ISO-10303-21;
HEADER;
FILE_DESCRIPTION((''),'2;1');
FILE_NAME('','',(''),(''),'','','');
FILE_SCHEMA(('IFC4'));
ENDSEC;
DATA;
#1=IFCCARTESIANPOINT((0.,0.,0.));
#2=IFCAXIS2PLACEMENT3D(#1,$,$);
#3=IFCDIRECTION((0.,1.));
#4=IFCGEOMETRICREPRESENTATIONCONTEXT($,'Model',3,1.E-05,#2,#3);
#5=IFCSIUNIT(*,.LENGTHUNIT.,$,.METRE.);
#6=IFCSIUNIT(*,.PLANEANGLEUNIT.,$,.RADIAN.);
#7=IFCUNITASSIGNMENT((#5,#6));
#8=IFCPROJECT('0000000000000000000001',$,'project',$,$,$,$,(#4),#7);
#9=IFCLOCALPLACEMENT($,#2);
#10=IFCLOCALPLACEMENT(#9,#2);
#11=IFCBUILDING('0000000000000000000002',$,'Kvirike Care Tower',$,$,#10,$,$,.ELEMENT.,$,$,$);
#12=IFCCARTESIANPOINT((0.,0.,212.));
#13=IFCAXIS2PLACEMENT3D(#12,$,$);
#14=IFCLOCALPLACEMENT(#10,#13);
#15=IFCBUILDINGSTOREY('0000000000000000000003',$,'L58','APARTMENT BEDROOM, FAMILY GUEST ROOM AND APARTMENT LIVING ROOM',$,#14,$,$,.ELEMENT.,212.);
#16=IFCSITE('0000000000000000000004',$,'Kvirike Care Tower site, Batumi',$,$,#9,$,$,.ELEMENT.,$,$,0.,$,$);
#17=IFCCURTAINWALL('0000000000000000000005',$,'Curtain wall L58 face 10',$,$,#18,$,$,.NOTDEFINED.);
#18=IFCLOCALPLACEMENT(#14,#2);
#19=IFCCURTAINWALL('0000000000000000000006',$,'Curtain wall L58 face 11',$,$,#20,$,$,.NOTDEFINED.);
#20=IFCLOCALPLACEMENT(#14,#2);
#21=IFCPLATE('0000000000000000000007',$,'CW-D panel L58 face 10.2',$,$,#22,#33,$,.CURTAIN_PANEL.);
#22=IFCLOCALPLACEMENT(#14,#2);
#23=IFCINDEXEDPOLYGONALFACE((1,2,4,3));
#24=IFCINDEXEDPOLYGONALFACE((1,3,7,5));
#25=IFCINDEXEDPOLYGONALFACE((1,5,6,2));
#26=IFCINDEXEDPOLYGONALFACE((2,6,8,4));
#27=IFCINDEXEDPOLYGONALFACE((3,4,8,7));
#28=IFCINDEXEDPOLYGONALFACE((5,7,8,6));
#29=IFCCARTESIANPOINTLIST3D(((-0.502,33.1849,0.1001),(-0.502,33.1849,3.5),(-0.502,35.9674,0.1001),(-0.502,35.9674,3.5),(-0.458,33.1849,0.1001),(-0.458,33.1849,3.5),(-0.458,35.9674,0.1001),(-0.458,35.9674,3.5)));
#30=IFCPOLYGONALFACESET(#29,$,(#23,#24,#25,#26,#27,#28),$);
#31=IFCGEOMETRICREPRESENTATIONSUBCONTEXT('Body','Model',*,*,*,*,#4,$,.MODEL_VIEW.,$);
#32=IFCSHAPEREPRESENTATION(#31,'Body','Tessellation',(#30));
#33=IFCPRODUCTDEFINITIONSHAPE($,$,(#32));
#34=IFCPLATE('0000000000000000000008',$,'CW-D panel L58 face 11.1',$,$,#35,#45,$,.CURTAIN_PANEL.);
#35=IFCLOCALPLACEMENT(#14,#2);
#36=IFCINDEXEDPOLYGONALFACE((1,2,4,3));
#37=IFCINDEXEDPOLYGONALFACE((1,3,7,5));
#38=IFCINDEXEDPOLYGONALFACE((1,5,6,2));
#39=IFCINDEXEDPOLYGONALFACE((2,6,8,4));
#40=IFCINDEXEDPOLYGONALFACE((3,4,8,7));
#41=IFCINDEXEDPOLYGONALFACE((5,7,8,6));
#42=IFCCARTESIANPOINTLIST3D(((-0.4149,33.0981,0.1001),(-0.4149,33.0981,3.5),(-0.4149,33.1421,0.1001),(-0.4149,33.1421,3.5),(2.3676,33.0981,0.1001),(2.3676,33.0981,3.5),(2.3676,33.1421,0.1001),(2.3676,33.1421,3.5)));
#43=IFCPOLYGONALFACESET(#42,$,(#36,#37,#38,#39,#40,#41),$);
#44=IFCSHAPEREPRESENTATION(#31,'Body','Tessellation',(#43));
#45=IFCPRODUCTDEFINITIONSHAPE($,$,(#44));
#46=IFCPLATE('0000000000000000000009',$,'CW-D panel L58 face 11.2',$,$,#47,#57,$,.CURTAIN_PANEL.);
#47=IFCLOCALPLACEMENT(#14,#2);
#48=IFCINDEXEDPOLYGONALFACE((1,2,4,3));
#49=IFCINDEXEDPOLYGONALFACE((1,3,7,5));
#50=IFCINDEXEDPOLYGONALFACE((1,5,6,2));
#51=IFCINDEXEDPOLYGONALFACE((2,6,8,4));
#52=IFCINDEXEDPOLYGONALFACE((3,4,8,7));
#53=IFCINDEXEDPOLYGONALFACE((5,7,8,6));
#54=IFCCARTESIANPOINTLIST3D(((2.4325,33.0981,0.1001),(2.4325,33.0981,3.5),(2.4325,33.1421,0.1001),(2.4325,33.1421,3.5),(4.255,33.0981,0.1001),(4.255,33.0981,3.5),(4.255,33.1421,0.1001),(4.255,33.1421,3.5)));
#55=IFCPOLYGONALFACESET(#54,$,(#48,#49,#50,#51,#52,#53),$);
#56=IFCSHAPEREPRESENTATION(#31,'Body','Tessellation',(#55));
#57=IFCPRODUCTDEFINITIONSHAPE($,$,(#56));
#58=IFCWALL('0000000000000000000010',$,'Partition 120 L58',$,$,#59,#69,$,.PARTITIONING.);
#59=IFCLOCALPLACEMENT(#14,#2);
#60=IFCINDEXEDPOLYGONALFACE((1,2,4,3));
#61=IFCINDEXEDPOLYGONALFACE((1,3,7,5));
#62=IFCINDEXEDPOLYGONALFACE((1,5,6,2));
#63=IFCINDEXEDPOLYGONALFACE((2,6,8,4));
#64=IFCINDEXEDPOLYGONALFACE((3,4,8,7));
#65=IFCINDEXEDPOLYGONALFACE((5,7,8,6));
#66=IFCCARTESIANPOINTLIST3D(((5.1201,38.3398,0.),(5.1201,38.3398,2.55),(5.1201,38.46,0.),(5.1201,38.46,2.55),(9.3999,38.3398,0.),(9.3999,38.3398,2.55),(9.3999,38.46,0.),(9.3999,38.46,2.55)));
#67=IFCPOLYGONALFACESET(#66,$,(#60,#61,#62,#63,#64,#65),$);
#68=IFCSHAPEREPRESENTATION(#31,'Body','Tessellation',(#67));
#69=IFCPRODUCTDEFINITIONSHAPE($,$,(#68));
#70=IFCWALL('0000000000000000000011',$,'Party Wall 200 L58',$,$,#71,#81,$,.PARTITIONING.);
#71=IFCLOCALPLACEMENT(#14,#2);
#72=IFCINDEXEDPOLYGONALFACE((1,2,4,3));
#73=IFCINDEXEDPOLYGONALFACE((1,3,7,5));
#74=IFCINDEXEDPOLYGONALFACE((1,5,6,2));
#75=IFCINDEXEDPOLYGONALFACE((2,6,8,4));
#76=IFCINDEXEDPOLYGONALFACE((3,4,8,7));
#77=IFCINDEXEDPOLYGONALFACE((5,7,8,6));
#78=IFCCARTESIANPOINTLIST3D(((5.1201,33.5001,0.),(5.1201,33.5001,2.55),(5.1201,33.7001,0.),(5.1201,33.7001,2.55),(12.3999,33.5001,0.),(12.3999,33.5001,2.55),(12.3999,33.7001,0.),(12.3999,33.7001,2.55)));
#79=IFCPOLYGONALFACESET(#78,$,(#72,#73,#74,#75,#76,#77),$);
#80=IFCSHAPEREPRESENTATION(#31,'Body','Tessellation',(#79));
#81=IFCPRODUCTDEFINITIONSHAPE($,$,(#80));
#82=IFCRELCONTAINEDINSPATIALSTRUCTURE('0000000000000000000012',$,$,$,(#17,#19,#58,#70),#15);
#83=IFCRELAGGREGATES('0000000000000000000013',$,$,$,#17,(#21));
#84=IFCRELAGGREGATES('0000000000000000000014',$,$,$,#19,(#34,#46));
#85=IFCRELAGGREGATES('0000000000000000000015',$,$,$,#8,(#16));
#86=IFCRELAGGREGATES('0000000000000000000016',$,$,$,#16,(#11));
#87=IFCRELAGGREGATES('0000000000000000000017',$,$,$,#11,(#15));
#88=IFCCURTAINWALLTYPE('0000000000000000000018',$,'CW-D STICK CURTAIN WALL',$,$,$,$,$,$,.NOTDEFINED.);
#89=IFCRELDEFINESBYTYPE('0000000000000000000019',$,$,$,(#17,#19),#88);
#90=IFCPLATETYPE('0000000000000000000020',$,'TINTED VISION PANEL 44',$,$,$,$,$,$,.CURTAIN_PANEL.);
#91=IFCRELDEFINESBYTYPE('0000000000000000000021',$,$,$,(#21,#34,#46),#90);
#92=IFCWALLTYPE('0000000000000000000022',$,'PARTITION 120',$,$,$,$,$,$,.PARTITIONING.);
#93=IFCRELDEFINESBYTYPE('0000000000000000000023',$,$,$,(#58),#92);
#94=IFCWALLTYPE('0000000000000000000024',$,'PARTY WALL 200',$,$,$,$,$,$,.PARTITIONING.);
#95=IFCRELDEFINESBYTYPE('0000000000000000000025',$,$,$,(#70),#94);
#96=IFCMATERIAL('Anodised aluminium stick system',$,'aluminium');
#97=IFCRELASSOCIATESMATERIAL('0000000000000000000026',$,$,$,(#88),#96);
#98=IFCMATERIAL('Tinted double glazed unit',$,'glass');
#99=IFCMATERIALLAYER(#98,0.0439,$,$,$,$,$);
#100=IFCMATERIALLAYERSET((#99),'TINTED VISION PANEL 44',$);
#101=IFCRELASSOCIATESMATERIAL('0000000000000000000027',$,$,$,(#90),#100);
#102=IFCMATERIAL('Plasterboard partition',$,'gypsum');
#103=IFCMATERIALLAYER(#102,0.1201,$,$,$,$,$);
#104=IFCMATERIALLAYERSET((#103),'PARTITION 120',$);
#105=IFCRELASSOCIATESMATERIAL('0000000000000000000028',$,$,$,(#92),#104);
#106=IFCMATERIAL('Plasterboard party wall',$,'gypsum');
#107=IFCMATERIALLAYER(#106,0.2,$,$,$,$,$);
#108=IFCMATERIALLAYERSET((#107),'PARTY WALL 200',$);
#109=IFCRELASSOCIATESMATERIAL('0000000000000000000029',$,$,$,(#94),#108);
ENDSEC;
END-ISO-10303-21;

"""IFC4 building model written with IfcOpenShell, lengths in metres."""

from ifc_helpers import new_model, si_unit, direction, frame, frame_2d, origin, origin_2d, place, context, subcontext, project, spatial, rectangle, extrude, material, layer, layer_set, type_object, element, aggregate, save


model = new_model("IFC4")

# Units and contexts
model_context = context("Model", 3, precision=1e-05, world=origin(), true_north=direction((0.0, 1.0)))
body_context = subcontext(model_context, "Body", "Model", "MODEL_VIEW")
ifc_project = project(units=[si_unit("LENGTHUNIT", "METRE"), si_unit("PLANEANGLEUNIT", "RADIAN")], contexts=[model_context])

# Site, building, storey
site_placement = place(None, origin())
site = spatial("IfcSite", under=ifc_project, at=site_placement, Name="Kvirike Care Tower site, Batumi", CompositionType="ELEMENT", RefElevation=0.0)
building_placement = place(site_placement, origin())
building = spatial("IfcBuilding", under=site, at=building_placement, Name="Kvirike Care Tower", CompositionType="ELEMENT")
storey_placement = place(building_placement, frame((0.0, 0.0, 212.0)))
storey = spatial("IfcBuildingStorey", under=building, at=storey_placement, Name="L58", Description="APARTMENT BEDROOM, FAMILY GUEST ROOM AND APARTMENT LIVING ROOM", CompositionType="ELEMENT", Elevation=212.0)

# Curtain walls
ifc_material_1 = material(Name="Anodised aluminium stick system", Category="aluminium")
curtain_wall_type = type_object("IfcCurtainWallType", Name="CW-D STICK CURTAIN WALL", PredefinedType="NOTDEFINED", material=ifc_material_1)
curtain_wall_1_placement = place(storey_placement, origin())
curtain_wall_1 = element("IfcCurtainWall", 1, at=curtain_wall_1_placement, inside=storey, type_object=curtain_wall_type, Name="Curtain wall L58 face 10", PredefinedType="NOTDEFINED")
curtain_wall_2_placement = place(storey_placement, origin())
curtain_wall_2 = element("IfcCurtainWall", 2, at=curtain_wall_2_placement, inside=storey, type_object=curtain_wall_type, Name="Curtain wall L58 face 11", PredefinedType="NOTDEFINED")

# Plates
ifc_material_2 = material(Name="Tinted double glazed unit", Category="glass")
ifc_layer_1 = layer(ifc_material_2, 0.0439)
ifc_layer_set_1 = layer_set([ifc_layer_1], Name="TINTED VISION PANEL 44")
plate_type = type_object("IfcPlateType", Name="TINTED VISION PANEL 44", PredefinedType="CURTAIN_PANEL", material=ifc_layer_set_1)
plate_1_placement = place(storey_placement, frame((-0.48, 34.5762, 0.1001), z_axis=(0.0, 0.0, 1.0), x_axis=(0.0, -1.0, 0.0)))
plate_1 = element("IfcPlate", 3, at=plate_1_placement, type_object=plate_type, Name="CW-D panel L58 face 10.2", PredefinedType="CURTAIN_PANEL", context=body_context, shape_type="SweptSolid", body=[
    extrude(rectangle(XDim=2.7825, YDim=0.0439, at=origin_2d()), origin(), (0.0, 0.0, 1.0), 3.3999),
])
aggregate(curtain_wall_1, [plate_1])
plate_2_placement = place(storey_placement, frame((0.9763, 33.1201, 0.1001), z_axis=(0.0, 0.0, 1.0), x_axis=(1.0, 0.0, 0.0)))
plate_2 = element("IfcPlate", 4, at=plate_2_placement, type_object=plate_type, Name="CW-D panel L58 face 11.1", PredefinedType="CURTAIN_PANEL", context=body_context, shape_type="SweptSolid", body=[
    extrude(rectangle(XDim=2.7825, YDim=0.0439, at=origin_2d()), origin(), (0.0, 0.0, 1.0), 3.3999),
])
plate_3_placement = place(storey_placement, frame((3.3438, 33.1201, 0.1001), z_axis=(0.0, 0.0, 1.0), x_axis=(1.0, 0.0, 0.0)))
plate_3 = element("IfcPlate", 5, at=plate_3_placement, type_object=plate_type, Name="CW-D panel L58 face 11.2", PredefinedType="CURTAIN_PANEL", context=body_context, shape_type="SweptSolid", body=[
    extrude(rectangle(XDim=1.8225, YDim=0.0439, at=origin_2d()), origin(), (0.0, 0.0, 1.0), 3.3999),
])
aggregate(curtain_wall_2, [plate_2, plate_3])

# Walls
ifc_material_3 = material(Name="Plasterboard partition", Category="gypsum")
ifc_layer_2 = layer(ifc_material_3, 0.1201)
ifc_layer_set_2 = layer_set([ifc_layer_2], Name="PARTITION 120")
wall_type_1 = type_object("IfcWallType", Name="PARTITION 120", PredefinedType="PARTITIONING", material=ifc_layer_set_2)
wall_1_placement = place(storey_placement, frame((5.1201, 38.3999, 0.0), z_axis=(0.0, 0.0, 1.0), x_axis=(1.0, 0.0, 0.0)))
element("IfcWall", 6, at=wall_1_placement, inside=storey, type_object=wall_type_1, Name="Partition 120 L58", PredefinedType="PARTITIONING", context=body_context, shape_type="SweptSolid", body=[
    extrude(rectangle(XDim=4.2798, YDim=0.1201, at=frame_2d((2.1399, 0.0))), origin(), (0.0, 0.0, 1.0), 2.55),
])
ifc_material_4 = material(Name="Plasterboard party wall", Category="gypsum")
ifc_layer_3 = layer(ifc_material_4, 0.2)
ifc_layer_set_3 = layer_set([ifc_layer_3], Name="PARTY WALL 200")
wall_type_2 = type_object("IfcWallType", Name="PARTY WALL 200", PredefinedType="PARTITIONING", material=ifc_layer_set_3)
wall_2_placement = place(storey_placement, frame((5.1201, 33.6001, 0.0), z_axis=(0.0, 0.0, 1.0), x_axis=(1.0, 0.0, 0.0)))
element("IfcWall", 7, at=wall_2_placement, inside=storey, type_object=wall_type_2, Name="Party Wall 200 L58", PredefinedType="PARTITIONING", context=body_context, shape_type="SweptSolid", body=[
    extrude(rectangle(XDim=7.2798, YDim=0.2, at=frame_2d((3.6399, 0.0))), origin(), (0.0, 0.0, 1.0), 2.55),
])

save(model, "model.ifc")
